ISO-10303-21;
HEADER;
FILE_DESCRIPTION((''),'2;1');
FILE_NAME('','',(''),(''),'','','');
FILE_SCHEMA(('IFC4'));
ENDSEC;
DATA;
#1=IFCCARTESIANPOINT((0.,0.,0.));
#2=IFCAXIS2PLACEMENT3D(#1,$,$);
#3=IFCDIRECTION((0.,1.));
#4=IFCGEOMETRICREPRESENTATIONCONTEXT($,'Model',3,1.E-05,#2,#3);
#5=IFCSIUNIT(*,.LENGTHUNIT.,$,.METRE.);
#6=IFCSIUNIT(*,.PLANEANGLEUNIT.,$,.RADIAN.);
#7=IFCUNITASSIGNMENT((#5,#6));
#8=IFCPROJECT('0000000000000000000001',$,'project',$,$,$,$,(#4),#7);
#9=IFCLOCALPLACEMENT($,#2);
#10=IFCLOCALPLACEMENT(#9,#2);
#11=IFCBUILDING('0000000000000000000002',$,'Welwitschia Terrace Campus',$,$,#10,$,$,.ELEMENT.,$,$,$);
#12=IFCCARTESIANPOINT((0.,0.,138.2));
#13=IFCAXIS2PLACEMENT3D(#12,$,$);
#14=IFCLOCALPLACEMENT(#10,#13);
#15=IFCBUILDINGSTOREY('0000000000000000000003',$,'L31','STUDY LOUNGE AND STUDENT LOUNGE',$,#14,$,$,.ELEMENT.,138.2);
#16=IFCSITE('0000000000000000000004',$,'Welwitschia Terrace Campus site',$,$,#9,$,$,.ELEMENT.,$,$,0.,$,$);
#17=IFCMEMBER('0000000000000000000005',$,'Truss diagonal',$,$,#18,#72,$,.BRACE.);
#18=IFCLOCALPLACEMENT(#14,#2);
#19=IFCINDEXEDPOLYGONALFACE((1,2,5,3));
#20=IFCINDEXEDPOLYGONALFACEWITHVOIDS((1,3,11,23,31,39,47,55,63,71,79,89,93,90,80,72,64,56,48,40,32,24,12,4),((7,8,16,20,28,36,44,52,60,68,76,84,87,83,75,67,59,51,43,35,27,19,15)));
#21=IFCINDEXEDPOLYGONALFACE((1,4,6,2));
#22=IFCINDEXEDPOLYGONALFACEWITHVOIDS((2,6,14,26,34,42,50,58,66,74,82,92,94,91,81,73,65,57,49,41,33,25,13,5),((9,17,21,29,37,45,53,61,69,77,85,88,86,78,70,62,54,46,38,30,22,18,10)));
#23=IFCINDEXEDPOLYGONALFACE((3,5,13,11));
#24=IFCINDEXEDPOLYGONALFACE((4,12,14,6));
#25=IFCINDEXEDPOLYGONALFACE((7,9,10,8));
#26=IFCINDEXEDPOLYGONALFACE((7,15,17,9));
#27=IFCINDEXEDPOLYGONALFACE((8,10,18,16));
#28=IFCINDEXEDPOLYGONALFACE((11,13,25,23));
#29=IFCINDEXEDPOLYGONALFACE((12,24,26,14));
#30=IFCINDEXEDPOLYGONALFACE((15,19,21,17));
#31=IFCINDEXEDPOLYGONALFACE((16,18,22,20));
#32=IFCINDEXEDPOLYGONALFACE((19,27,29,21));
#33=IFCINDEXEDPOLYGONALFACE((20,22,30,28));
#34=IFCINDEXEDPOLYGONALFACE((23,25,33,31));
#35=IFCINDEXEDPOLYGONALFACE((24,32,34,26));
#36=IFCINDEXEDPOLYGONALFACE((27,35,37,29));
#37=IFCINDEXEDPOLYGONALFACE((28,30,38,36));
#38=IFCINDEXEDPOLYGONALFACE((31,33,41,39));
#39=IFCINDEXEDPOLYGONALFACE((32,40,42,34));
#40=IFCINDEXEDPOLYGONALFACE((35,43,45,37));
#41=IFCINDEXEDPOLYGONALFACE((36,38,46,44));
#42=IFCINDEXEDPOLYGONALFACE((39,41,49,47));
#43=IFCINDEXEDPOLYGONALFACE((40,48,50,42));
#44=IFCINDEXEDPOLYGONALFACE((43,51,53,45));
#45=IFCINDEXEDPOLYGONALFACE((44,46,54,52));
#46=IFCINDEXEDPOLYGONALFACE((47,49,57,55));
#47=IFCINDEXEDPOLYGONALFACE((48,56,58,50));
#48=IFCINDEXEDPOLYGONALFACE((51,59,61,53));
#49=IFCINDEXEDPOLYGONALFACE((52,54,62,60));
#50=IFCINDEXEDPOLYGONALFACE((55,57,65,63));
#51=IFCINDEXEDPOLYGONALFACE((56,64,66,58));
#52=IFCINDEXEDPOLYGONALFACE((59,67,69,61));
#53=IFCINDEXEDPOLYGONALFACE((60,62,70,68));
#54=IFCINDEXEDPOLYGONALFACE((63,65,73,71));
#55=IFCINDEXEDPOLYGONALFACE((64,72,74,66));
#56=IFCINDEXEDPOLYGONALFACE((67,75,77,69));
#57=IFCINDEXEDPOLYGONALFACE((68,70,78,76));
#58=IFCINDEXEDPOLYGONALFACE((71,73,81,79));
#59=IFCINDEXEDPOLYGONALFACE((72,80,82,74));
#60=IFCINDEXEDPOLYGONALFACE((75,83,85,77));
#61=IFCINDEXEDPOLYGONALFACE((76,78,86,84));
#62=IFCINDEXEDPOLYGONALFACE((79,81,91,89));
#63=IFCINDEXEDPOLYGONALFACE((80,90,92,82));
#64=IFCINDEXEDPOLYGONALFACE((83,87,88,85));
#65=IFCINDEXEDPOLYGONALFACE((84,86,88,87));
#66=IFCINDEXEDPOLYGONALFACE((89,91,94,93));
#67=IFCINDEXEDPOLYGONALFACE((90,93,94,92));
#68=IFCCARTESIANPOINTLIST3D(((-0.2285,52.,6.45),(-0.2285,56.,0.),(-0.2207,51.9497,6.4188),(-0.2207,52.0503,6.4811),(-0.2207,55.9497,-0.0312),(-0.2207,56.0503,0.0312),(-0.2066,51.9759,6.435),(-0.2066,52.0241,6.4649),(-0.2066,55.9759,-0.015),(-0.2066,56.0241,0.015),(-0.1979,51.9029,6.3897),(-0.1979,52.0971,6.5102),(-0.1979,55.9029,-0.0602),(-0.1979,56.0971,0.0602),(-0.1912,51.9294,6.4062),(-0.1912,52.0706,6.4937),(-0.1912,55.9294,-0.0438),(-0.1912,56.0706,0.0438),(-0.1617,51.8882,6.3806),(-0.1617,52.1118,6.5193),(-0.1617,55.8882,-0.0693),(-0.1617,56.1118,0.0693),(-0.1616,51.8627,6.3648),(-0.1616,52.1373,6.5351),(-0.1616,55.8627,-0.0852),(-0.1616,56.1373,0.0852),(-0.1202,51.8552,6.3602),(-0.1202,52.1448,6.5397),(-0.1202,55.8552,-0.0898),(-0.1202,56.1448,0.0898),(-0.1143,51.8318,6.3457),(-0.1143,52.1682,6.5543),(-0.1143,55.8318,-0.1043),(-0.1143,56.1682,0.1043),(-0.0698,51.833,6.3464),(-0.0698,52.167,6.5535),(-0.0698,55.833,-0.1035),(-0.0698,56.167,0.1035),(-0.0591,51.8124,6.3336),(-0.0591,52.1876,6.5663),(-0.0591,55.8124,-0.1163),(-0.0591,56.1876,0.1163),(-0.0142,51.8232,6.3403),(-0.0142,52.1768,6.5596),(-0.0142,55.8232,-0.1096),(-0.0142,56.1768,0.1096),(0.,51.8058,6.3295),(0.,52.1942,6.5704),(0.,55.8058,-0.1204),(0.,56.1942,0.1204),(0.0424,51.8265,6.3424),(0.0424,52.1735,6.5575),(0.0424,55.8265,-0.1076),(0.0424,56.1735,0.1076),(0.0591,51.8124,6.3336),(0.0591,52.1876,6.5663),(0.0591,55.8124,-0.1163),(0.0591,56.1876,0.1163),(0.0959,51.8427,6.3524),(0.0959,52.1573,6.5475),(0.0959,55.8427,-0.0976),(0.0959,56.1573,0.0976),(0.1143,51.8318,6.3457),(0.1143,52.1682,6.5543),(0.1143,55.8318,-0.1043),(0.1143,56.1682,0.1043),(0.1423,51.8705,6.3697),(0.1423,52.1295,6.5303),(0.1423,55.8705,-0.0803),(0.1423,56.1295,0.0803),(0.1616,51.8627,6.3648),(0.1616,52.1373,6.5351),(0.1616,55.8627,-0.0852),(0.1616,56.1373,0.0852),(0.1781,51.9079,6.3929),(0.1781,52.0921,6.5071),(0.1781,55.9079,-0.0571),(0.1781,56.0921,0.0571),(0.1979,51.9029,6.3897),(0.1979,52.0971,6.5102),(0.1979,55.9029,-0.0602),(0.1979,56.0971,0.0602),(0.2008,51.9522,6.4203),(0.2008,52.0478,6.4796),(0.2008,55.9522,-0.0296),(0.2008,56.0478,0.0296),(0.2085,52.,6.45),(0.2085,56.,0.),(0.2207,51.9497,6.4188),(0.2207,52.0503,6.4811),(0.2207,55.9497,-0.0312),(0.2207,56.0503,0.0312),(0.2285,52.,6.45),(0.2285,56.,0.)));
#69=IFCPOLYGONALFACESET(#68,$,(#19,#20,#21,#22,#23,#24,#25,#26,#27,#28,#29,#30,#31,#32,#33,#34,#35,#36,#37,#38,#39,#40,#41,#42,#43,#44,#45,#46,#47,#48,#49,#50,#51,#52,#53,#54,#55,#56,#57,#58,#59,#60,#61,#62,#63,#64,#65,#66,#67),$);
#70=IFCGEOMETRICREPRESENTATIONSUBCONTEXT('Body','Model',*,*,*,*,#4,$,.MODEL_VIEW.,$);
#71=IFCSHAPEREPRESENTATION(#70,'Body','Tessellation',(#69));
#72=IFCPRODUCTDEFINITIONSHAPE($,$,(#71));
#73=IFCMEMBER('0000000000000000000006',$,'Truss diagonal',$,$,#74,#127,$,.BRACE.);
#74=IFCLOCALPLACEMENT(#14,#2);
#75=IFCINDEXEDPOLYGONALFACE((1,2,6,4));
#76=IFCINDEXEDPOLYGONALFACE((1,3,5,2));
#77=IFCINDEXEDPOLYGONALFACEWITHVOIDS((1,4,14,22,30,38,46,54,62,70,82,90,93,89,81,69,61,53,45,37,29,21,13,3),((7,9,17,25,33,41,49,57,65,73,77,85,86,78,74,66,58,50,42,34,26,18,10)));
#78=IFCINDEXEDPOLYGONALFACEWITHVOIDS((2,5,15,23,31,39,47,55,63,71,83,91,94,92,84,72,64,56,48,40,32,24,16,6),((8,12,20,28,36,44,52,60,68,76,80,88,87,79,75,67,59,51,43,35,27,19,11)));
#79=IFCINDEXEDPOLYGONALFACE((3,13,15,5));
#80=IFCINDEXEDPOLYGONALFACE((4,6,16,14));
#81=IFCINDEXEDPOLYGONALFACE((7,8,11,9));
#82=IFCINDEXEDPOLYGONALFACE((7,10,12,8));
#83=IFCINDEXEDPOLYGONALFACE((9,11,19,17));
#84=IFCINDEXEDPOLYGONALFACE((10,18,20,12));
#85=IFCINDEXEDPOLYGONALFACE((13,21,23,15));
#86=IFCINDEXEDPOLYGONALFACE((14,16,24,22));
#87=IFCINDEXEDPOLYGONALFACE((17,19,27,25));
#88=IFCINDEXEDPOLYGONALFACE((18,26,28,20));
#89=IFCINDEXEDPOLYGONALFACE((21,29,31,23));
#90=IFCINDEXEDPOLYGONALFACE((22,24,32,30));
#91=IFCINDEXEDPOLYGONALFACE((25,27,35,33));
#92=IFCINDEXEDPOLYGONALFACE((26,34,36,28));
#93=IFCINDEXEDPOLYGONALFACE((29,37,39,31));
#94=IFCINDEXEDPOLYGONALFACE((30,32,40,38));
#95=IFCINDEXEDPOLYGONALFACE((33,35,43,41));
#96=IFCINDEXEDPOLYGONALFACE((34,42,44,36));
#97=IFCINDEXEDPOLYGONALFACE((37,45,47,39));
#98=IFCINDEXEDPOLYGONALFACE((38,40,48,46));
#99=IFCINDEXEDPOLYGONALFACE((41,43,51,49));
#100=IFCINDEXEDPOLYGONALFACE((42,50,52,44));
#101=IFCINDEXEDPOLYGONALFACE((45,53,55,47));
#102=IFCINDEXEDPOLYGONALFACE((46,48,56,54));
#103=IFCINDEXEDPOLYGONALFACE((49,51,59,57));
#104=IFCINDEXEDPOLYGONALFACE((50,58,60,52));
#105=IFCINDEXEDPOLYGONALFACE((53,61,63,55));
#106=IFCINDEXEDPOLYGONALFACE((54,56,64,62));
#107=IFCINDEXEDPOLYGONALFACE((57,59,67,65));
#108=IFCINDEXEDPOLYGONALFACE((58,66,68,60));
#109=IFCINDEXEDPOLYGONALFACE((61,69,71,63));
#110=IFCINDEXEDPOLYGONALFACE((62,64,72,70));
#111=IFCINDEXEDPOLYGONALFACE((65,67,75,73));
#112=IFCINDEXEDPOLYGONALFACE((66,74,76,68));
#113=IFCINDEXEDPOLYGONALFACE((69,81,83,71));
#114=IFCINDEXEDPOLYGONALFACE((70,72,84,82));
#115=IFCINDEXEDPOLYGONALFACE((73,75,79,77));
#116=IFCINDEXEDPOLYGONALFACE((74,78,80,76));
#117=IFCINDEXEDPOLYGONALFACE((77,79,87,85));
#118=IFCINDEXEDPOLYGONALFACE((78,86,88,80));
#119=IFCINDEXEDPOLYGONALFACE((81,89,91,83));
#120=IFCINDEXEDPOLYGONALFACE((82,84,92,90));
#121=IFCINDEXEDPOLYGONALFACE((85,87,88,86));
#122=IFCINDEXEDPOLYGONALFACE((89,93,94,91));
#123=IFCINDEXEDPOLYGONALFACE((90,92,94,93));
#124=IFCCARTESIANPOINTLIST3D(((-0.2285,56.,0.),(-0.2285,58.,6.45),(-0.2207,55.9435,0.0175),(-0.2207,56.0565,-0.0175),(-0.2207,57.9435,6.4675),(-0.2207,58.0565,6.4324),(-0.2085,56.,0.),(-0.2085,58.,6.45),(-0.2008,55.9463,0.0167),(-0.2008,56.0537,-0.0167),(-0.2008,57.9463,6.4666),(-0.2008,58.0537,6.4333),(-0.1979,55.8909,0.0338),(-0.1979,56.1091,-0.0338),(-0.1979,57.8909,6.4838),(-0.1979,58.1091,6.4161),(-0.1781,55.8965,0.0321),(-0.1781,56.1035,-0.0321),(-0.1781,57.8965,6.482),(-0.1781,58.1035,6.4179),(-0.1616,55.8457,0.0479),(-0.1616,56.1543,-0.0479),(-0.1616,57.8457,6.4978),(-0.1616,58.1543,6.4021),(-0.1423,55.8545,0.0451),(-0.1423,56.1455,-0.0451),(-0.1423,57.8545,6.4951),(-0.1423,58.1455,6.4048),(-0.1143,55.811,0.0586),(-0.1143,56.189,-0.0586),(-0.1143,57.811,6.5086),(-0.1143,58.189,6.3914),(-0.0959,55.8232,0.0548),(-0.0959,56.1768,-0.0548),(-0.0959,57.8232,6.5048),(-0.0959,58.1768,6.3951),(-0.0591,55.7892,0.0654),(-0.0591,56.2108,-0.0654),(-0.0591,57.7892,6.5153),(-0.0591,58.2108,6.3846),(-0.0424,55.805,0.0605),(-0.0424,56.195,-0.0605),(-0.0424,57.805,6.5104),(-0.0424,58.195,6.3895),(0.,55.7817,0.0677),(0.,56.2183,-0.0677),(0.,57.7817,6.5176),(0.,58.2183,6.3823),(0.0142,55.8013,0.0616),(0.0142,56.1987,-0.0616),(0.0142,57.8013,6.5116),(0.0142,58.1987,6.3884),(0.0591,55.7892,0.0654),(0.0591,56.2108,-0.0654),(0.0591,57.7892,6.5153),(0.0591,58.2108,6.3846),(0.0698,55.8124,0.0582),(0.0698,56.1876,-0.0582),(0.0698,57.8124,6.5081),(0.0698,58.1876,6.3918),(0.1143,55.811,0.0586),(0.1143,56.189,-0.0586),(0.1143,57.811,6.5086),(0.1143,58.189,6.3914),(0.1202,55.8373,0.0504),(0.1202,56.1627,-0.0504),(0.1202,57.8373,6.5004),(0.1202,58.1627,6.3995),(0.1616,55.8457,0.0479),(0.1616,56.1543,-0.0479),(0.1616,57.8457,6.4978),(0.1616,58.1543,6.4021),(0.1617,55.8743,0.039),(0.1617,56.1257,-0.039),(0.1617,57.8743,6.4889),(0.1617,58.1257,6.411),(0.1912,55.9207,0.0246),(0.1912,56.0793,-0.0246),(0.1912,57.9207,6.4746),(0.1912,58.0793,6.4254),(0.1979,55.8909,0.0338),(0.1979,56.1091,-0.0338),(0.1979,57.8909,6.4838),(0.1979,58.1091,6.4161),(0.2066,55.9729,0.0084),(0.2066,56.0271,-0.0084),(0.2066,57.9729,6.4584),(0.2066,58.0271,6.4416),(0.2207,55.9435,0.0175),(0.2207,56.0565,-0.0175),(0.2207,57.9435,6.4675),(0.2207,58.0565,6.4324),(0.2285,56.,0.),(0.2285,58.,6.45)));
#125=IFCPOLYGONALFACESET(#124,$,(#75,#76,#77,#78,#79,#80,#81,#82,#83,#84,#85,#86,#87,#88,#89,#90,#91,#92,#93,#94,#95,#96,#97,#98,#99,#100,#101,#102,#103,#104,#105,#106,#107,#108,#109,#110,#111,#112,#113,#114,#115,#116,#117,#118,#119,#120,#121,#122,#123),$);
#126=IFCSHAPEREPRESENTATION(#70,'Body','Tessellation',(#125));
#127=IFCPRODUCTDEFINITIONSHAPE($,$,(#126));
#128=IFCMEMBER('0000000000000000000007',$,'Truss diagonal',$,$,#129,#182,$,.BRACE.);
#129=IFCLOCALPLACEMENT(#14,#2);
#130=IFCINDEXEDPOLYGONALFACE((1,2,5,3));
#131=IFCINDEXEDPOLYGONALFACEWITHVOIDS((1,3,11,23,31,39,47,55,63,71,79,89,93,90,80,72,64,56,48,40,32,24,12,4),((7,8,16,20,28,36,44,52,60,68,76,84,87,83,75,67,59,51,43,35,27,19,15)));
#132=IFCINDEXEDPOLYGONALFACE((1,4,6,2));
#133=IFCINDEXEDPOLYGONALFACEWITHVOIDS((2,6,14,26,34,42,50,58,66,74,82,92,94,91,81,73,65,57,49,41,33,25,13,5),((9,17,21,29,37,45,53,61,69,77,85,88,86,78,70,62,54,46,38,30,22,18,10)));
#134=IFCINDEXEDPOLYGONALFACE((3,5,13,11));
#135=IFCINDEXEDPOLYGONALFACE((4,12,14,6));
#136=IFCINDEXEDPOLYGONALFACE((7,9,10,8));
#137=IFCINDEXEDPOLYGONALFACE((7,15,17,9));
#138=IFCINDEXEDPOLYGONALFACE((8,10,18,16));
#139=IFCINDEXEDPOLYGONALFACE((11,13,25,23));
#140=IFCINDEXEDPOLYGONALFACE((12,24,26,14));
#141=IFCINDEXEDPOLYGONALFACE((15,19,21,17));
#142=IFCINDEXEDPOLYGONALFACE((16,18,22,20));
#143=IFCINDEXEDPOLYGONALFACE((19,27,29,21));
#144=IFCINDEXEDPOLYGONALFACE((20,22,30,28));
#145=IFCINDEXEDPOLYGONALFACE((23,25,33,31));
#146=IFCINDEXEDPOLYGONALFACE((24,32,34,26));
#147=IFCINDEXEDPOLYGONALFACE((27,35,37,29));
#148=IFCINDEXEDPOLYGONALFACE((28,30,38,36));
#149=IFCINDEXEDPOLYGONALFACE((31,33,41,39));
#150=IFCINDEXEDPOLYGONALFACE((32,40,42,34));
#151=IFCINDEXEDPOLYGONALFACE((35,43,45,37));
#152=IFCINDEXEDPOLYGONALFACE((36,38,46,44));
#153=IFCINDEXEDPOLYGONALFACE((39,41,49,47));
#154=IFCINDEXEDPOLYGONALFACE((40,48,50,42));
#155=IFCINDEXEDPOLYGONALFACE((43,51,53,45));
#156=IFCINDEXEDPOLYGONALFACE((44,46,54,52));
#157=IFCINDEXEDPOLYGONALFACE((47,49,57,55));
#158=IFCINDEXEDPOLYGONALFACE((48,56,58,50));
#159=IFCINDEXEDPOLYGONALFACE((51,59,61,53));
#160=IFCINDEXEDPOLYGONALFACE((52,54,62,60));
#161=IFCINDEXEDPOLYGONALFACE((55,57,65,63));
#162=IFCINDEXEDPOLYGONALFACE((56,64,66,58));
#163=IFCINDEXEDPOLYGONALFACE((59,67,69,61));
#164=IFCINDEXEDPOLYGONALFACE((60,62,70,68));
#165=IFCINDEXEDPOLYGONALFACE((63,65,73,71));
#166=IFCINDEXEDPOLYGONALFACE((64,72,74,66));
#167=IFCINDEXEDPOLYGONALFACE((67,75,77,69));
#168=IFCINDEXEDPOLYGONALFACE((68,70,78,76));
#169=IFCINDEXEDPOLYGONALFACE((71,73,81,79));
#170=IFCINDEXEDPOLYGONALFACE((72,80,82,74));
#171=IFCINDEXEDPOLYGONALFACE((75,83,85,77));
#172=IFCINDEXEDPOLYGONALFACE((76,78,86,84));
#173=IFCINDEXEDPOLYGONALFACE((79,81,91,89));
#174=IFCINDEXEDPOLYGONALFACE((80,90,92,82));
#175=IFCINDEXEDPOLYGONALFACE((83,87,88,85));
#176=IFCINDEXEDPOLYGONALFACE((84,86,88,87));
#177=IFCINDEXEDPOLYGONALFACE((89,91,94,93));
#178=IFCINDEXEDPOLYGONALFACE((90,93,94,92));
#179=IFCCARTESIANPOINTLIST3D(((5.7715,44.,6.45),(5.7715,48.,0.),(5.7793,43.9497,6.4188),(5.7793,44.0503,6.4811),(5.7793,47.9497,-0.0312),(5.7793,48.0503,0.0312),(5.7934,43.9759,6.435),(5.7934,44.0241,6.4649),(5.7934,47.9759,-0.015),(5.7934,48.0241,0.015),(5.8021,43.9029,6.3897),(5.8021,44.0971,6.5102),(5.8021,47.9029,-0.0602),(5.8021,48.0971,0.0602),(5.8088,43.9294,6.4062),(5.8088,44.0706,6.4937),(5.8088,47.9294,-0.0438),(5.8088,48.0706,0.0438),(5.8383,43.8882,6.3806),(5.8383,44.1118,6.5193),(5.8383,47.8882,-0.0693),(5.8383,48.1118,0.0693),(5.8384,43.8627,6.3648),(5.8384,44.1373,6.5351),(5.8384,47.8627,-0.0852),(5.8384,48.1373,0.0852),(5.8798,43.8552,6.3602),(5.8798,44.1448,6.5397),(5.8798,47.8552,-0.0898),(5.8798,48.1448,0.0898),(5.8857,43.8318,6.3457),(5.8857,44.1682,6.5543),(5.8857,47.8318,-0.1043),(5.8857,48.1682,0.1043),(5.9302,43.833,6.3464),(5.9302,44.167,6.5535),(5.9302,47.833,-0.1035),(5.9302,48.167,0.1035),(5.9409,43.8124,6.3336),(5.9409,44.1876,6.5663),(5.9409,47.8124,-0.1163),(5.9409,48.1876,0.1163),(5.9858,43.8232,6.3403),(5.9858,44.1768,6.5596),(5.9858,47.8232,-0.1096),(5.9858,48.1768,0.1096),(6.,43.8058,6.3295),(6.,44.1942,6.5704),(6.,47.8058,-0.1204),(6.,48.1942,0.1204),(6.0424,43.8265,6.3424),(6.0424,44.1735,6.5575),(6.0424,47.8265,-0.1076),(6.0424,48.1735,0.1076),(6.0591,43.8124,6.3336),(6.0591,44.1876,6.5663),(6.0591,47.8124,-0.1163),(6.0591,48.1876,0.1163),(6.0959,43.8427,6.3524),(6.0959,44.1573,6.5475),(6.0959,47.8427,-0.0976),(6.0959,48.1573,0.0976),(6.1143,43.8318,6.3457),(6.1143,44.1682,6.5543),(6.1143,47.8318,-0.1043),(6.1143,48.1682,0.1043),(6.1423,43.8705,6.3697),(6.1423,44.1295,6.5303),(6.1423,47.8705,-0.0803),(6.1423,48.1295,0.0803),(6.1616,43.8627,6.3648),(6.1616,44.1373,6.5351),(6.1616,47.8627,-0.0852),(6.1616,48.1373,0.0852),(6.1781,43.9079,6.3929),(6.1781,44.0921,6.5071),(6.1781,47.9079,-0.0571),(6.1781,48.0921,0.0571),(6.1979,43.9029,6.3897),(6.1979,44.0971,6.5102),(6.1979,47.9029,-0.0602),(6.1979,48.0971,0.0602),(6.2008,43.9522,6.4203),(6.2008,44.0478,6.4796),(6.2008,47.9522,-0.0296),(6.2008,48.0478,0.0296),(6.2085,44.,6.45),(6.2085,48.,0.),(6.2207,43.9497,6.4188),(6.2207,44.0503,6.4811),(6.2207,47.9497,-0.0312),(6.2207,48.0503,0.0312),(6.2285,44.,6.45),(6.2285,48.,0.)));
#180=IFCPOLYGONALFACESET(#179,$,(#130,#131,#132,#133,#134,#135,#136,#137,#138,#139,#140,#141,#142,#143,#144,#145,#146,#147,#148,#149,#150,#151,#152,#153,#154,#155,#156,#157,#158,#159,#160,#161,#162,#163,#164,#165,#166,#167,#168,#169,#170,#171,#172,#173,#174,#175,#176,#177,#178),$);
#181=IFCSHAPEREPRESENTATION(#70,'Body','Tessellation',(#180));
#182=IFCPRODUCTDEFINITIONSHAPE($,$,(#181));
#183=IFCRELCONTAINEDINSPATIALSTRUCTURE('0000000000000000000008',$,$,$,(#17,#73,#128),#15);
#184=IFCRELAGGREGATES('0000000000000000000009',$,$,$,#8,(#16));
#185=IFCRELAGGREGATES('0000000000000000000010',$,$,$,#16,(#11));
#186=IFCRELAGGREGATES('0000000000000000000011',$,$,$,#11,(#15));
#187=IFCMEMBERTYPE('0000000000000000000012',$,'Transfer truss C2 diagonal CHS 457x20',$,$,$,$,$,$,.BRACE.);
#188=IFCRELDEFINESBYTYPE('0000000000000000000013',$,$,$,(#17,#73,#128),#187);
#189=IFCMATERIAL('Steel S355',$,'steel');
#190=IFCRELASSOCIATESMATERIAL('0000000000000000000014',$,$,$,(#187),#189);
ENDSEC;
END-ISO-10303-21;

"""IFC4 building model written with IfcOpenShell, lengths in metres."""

from ifc_helpers import new_model, si_unit, direction, frame, origin, origin_2d, place, context, subcontext, project, spatial, hollow_circle, extrude, material, material_profile, profile_set, type_object, element, save


model = new_model("IFC4")

# Units and contexts
model_context = context("Model", 3, precision=1e-05, world=origin(), true_north=direction((0.0, 1.0)))
body_context = subcontext(model_context, "Body", "Model", "MODEL_VIEW")
ifc_project = project(units=[si_unit("LENGTHUNIT", "METRE"), si_unit("PLANEANGLEUNIT", "RADIAN")], contexts=[model_context])

# Site, building, storey
site_placement = place(None, origin())
site = spatial("IfcSite", under=ifc_project, at=site_placement, Name="Welwitschia Terrace Campus site", CompositionType="ELEMENT", RefElevation=0.0)
building_placement = place(site_placement, origin())
building = spatial("IfcBuilding", under=site, at=building_placement, Name="Welwitschia Terrace Campus", CompositionType="ELEMENT")
storey_placement = place(building_placement, frame((0.0, 0.0, 138.2)))
storey = spatial("IfcBuildingStorey", under=building, at=storey_placement, Name="L31", Description="STUDY LOUNGE AND STUDENT LOUNGE", CompositionType="ELEMENT", Elevation=138.2)

# Members
ifc_material_1 = material(Name="Steel S355", Category="steel")
ifc_material_profile_1 = material_profile(ifc_material_1, hollow_circle(Radius=0.2285, WallThickness=0.02, at=origin_2d()))
ifc_profile_set_1 = profile_set([ifc_material_profile_1], Name="Steel S355")
member_type_1 = type_object("IfcMemberType", Name="Transfer truss C2 diagonal CHS 457x20", PredefinedType="BRACE", material=ifc_profile_set_1)
member_1_placement = place(storey_placement, frame((0.0, 56.0, 0.0), z_axis=(0.0, -0.527038, 0.849842), x_axis=(1.0, 0.0, 0.0)))
element("IfcMember", 1, at=member_1_placement, inside=storey, type_object=member_type_1, Name="Truss diagonal", PredefinedType="BRACE", context=body_context, shape_type="SweptSolid", body=[
    extrude(hollow_circle(Radius=0.2285, WallThickness=0.02, at=origin_2d()), origin(), (0.0, 0.0, 1.0), 7.5896),
])
member_2_placement = place(storey_placement, frame((0.0, 56.0, 0.0), z_axis=(0.0, 0.296168, 0.955136), x_axis=(-1.0, 0.0, 0.0)))
element("IfcMember", 2, at=member_2_placement, inside=storey, type_object=member_type_1, Name="Truss diagonal", PredefinedType="BRACE", context=body_context, shape_type="SweptSolid", body=[
    extrude(hollow_circle(Radius=0.2285, WallThickness=0.02, at=origin_2d()), origin(), (0.0, 0.0, 1.0), 6.7529),
])
for number, where, z_axis, x_axis, name in (
    (3, (6.0, 48.0, 0.0), (0.0, -0.527038, 0.849842), (1.0, 0.0, 0.0), "Truss diagonal"),
):
    element("IfcMember", number, at=place(storey_placement, frame(where, z_axis=z_axis, x_axis=x_axis)), inside=storey, type_object=member_type_1, Name=name, PredefinedType="BRACE", context=body_context, shape_type="SweptSolid", body=[
        extrude(hollow_circle(Radius=0.2285, WallThickness=0.02, at=origin_2d()), origin(), (0.0, 0.0, 1.0), 7.5896),
    ])

save(model, "model.ifc")
